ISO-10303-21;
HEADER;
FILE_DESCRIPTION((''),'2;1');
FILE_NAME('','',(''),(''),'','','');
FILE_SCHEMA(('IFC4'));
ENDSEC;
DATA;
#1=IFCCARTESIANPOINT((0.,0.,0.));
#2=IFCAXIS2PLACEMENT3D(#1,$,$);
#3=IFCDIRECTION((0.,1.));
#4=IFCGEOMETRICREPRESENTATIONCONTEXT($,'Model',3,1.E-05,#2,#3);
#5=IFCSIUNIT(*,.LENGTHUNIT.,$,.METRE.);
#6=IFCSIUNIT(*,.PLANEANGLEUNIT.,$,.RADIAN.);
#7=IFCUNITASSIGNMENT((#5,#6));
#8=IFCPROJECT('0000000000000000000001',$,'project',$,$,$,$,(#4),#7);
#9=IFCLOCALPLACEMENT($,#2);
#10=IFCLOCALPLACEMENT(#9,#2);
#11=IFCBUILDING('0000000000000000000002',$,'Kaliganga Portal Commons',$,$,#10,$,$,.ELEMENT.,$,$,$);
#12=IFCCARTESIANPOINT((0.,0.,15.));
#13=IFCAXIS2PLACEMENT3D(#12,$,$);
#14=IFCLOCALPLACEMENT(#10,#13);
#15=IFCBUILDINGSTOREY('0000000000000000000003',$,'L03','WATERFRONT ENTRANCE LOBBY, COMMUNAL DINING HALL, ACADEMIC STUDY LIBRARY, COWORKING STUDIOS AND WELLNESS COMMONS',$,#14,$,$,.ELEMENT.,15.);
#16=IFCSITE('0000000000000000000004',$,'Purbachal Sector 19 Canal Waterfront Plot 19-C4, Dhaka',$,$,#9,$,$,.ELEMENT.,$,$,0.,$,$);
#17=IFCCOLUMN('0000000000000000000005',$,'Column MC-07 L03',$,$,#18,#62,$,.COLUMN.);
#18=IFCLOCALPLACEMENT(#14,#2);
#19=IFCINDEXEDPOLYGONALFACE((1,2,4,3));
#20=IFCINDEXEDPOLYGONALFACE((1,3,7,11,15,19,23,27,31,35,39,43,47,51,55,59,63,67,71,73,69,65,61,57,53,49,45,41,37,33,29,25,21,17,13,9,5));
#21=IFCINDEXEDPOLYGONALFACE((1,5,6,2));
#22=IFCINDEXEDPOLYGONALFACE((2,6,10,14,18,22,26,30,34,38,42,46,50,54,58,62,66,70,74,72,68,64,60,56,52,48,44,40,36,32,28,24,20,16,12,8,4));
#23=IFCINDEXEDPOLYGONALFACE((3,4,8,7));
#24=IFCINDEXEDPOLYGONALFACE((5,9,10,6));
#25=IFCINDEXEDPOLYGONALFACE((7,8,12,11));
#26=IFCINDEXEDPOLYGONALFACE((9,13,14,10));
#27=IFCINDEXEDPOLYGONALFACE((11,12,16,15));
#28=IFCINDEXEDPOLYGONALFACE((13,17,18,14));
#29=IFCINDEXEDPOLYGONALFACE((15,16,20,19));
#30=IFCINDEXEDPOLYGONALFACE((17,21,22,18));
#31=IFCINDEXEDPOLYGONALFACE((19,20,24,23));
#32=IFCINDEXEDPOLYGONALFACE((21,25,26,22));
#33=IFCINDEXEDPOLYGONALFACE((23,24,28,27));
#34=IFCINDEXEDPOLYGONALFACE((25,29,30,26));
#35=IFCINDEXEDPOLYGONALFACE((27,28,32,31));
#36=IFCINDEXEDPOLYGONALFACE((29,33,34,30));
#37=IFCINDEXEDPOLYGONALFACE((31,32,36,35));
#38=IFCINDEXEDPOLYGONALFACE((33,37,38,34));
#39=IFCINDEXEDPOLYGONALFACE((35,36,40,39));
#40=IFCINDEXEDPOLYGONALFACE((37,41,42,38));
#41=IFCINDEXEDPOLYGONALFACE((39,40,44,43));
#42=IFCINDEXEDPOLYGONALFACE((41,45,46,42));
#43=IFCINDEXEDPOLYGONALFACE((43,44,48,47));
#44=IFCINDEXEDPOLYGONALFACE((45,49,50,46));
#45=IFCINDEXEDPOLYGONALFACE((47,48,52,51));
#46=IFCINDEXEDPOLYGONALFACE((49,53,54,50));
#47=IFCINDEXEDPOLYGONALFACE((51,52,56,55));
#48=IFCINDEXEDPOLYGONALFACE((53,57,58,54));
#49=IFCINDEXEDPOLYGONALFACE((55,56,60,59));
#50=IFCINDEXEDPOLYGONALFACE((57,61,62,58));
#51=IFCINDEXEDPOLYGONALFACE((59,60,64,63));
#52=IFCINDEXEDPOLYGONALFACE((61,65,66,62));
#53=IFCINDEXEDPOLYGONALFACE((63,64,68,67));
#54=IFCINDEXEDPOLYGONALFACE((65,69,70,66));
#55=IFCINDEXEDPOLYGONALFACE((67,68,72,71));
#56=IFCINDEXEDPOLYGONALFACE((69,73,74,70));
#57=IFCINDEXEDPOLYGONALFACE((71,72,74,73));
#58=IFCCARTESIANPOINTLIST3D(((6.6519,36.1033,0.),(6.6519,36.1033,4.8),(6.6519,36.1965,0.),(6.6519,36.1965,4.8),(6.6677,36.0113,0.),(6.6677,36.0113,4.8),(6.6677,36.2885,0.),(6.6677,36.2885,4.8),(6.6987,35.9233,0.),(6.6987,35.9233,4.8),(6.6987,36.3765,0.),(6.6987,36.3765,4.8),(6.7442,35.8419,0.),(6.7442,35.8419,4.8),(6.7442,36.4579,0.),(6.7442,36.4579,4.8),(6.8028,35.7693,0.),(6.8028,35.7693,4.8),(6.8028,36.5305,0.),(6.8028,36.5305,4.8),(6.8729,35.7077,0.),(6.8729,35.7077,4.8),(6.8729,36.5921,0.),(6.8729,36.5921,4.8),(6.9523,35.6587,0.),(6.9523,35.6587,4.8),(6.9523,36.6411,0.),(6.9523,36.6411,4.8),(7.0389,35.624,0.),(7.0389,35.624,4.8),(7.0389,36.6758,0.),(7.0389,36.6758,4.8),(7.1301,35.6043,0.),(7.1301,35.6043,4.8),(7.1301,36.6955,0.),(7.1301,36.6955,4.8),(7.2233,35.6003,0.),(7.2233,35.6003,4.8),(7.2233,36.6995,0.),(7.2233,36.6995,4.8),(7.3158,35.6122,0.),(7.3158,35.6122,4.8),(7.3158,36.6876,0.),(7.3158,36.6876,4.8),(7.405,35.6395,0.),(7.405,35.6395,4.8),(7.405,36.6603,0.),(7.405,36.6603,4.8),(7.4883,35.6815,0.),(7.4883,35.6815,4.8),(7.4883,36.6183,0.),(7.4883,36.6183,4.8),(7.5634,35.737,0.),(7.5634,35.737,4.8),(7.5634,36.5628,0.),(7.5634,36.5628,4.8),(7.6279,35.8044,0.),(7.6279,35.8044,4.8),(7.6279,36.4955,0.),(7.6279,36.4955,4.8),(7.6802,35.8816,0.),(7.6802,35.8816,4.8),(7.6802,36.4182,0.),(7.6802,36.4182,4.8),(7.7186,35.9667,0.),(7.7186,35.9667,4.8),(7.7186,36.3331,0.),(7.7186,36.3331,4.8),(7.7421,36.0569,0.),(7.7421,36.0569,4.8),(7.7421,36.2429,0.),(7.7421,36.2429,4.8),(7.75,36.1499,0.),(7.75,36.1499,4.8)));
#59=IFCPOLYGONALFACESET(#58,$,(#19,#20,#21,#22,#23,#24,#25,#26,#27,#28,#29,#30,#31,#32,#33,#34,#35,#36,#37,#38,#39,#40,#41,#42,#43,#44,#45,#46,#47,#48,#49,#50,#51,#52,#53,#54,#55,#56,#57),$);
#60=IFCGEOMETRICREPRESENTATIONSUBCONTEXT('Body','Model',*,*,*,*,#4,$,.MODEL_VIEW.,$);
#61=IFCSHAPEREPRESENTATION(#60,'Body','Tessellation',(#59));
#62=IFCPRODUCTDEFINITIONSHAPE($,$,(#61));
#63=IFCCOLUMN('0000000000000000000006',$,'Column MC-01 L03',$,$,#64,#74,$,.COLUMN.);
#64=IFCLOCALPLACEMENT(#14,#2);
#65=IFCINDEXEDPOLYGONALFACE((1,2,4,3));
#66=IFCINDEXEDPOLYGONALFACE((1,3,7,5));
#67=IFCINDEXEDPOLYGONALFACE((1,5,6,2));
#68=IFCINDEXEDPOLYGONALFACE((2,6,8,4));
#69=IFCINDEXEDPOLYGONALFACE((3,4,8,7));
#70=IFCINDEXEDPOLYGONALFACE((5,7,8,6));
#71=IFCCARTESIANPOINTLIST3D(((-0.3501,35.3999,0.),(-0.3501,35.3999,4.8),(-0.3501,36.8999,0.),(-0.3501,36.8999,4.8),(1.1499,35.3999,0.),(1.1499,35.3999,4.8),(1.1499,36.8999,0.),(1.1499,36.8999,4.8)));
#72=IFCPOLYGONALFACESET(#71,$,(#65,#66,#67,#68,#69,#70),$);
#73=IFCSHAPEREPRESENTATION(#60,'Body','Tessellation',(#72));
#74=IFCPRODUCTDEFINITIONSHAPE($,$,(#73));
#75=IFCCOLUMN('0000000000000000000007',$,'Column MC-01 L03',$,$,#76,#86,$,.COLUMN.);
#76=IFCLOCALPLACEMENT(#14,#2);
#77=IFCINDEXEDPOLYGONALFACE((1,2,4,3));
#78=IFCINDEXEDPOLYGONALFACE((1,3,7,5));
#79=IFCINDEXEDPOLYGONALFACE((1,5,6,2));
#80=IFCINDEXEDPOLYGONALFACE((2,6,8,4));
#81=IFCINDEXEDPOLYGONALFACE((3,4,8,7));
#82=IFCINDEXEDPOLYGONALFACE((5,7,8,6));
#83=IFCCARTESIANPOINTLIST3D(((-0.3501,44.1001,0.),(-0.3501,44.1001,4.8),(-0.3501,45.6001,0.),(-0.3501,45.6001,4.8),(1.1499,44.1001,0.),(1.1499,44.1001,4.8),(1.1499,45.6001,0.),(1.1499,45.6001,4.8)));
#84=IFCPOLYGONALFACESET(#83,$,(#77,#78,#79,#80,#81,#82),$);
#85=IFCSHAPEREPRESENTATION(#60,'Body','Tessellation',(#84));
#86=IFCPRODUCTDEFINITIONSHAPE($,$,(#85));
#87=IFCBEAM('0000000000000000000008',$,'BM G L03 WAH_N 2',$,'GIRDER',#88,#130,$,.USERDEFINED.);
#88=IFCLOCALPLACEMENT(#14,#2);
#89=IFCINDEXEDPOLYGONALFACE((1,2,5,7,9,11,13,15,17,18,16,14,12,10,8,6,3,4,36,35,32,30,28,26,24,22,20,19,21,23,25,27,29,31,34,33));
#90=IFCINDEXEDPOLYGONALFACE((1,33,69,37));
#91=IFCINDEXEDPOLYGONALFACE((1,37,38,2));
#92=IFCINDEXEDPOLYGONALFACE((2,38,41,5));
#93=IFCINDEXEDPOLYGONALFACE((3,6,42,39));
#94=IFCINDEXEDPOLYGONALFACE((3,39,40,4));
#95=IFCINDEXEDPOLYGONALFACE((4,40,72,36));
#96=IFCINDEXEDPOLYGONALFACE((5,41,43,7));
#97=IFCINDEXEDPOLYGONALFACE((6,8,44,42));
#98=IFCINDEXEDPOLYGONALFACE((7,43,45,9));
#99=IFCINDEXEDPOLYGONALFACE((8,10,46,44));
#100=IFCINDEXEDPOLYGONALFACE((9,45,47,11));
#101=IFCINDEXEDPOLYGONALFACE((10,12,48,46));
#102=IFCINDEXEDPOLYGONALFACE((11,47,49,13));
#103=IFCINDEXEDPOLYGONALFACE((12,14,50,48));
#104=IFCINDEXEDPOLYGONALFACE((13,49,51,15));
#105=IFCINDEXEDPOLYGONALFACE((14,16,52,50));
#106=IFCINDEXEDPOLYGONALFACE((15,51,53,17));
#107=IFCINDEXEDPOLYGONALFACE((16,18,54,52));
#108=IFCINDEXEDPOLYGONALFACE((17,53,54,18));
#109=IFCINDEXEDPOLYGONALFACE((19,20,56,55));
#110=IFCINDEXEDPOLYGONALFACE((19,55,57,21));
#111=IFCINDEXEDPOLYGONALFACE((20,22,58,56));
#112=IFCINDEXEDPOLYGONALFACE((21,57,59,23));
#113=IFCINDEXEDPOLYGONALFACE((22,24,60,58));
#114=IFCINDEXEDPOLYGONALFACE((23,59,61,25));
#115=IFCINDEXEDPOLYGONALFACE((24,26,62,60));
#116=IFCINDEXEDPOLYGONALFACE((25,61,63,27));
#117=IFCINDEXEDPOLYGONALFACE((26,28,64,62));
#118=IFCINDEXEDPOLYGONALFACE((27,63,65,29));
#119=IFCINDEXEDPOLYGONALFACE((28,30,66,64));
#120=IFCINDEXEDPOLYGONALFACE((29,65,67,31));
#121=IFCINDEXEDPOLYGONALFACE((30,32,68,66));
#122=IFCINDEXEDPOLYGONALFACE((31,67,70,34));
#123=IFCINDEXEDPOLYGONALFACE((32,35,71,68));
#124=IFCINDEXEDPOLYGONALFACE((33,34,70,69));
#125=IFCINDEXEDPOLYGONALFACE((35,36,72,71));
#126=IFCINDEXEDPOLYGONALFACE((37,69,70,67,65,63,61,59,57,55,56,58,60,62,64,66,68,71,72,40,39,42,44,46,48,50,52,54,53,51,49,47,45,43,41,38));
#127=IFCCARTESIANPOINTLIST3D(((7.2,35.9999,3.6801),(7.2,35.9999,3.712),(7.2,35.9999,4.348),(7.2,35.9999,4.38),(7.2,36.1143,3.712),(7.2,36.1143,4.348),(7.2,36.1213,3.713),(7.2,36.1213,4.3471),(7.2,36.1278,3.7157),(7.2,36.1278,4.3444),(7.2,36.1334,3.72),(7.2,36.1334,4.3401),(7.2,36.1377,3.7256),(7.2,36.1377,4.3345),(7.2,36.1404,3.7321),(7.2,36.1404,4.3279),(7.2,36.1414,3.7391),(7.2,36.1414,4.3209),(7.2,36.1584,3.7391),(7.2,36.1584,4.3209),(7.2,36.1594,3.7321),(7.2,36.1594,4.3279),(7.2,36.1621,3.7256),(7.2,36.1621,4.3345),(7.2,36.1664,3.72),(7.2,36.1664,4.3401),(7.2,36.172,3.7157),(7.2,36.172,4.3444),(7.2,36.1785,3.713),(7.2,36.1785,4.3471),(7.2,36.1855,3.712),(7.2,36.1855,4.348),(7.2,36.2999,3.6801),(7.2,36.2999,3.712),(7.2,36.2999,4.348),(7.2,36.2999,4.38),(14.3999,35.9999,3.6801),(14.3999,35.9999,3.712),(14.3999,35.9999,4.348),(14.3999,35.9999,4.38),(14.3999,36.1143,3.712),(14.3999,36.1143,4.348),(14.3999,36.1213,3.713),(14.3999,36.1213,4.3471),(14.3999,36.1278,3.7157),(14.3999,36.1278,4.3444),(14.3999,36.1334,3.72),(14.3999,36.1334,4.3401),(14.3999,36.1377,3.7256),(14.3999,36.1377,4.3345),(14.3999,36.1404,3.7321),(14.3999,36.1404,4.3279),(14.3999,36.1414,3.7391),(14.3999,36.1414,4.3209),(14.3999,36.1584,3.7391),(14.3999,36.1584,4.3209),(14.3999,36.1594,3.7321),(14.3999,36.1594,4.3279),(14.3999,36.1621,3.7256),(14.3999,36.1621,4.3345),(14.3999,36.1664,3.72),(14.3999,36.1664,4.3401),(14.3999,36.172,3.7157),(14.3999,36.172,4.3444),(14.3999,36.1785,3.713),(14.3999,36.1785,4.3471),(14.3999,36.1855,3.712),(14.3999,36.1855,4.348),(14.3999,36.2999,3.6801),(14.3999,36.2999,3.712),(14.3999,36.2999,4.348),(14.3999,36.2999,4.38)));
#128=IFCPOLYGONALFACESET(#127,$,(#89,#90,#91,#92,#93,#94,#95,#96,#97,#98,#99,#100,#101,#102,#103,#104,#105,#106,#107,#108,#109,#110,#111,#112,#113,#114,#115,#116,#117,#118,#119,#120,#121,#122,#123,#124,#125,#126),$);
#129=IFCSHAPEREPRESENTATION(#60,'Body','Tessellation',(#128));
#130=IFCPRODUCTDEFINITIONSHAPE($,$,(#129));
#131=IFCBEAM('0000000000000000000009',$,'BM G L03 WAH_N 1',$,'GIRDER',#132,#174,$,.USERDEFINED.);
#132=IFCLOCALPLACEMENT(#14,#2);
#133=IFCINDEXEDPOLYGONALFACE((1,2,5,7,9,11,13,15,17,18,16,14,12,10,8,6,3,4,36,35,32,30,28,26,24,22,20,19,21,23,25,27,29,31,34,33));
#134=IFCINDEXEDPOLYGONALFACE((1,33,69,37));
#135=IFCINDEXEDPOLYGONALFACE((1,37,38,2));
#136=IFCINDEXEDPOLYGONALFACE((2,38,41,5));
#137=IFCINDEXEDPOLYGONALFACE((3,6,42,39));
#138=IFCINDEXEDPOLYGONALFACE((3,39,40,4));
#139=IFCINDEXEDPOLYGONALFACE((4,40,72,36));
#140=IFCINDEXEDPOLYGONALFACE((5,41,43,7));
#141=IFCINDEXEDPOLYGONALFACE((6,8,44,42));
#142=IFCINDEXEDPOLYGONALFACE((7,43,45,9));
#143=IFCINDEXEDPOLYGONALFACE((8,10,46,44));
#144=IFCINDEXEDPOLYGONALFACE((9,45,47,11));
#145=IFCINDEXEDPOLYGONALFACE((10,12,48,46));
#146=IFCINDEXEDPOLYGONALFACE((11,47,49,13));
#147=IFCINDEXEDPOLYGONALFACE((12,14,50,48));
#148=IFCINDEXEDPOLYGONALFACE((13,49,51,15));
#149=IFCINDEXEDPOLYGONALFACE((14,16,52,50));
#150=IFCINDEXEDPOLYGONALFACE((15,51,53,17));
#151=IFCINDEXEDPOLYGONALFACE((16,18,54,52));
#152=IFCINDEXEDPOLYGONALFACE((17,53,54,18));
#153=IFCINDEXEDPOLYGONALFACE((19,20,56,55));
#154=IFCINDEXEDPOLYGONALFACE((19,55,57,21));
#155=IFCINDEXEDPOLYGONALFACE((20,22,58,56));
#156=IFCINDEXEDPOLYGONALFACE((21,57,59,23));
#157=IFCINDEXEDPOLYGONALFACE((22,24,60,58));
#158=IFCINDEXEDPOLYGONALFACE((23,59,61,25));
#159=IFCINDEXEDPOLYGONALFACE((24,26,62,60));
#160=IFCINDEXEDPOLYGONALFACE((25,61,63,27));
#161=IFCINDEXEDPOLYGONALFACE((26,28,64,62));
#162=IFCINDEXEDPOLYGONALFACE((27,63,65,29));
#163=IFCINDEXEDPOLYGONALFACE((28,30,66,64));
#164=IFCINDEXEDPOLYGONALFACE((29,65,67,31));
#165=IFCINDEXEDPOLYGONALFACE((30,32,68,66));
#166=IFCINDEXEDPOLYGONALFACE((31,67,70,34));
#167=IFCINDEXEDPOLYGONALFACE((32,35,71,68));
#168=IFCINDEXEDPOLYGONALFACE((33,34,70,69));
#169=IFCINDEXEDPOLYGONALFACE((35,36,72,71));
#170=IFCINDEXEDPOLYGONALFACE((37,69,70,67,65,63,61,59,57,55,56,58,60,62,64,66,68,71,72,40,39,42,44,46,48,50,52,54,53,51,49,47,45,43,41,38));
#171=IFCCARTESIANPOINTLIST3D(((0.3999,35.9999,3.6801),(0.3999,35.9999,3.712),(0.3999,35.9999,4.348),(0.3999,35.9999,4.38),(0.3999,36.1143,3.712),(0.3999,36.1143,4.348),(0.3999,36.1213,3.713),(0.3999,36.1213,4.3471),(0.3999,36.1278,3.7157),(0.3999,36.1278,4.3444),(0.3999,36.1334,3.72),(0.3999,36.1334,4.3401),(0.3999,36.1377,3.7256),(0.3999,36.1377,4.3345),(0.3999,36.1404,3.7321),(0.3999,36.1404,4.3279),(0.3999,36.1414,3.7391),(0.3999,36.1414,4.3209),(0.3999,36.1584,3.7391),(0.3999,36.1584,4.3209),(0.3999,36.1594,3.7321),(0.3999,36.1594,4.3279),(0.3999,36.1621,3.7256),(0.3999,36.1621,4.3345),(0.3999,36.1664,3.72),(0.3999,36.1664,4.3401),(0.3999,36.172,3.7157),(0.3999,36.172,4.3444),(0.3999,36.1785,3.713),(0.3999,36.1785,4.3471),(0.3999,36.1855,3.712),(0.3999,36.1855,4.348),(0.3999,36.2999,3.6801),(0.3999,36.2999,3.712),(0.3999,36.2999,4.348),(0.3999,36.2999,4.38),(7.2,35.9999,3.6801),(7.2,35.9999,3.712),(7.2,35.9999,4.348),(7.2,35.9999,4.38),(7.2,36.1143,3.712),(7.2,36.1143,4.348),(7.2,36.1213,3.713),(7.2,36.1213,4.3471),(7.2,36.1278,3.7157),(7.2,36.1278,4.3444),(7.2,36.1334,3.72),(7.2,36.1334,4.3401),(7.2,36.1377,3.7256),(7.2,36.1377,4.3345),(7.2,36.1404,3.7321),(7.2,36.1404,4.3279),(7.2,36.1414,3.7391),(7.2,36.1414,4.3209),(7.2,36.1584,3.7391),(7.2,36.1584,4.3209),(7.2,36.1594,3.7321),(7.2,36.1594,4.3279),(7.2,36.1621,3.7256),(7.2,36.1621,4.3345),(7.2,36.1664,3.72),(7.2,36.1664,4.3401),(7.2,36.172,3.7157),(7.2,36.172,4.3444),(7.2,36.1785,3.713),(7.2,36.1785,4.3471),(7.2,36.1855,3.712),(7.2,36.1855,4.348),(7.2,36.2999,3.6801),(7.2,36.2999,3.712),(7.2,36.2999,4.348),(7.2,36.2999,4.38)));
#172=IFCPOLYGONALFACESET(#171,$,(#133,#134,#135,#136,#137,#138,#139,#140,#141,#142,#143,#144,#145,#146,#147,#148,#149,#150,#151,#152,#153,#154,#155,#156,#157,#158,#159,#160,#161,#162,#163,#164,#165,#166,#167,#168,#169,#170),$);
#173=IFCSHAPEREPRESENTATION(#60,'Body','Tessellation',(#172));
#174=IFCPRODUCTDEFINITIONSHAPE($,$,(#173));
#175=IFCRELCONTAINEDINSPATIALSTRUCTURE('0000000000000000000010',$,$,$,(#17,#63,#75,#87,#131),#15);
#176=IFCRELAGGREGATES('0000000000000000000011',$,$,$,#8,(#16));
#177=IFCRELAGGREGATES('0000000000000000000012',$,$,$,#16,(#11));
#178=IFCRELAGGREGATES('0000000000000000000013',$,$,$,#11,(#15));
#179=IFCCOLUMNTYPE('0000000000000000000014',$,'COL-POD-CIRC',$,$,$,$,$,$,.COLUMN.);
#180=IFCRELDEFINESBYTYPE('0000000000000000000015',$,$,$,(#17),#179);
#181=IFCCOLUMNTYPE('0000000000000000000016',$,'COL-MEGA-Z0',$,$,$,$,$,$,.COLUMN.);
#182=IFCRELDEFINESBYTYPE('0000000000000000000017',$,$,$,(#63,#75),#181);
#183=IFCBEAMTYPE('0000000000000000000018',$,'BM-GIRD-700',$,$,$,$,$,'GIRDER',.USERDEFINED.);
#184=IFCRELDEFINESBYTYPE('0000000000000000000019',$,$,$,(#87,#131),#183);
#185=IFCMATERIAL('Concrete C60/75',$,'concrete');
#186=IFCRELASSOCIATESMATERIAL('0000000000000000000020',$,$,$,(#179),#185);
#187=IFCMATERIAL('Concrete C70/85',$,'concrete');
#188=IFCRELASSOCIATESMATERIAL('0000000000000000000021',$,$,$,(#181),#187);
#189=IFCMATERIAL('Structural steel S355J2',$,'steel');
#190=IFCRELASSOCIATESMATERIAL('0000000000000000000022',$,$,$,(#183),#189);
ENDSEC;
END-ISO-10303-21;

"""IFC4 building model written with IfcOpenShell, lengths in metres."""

from ifc_helpers import new_model, si_unit, direction, frame, origin, origin_2d, place, context, subcontext, project, spatial, rectangle, circle, i_section, extrude, source, transform, mapped, material, material_profile, profile_set, type_object, element, save


model = new_model("IFC4")

# Units and contexts
model_context = context("Model", 3, precision=1e-05, world=origin(), true_north=direction((0.0, 1.0)))
body_context = subcontext(model_context, "Body", "Model", "MODEL_VIEW")
ifc_project = project(units=[si_unit("LENGTHUNIT", "METRE"), si_unit("PLANEANGLEUNIT", "RADIAN")], contexts=[model_context])

# Site, building, storey
site_placement = place(None, origin())
site = spatial("IfcSite", under=ifc_project, at=site_placement, Name="Purbachal Sector 19 Canal Waterfront Plot 19-C4, Dhaka", CompositionType="ELEMENT", RefElevation=0.0)
building_placement = place(site_placement, origin())
building = spatial("IfcBuilding", under=site, at=building_placement, Name="Kaliganga Portal Commons", CompositionType="ELEMENT")
storey_placement = place(building_placement, frame((0.0, 0.0, 15.0)))
storey = spatial("IfcBuildingStorey", under=building, at=storey_placement, Name="L03", Description="WATERFRONT ENTRANCE LOBBY, COMMUNAL DINING HALL, ACADEMIC STUDY LIBRARY, COWORKING STUDIOS AND WELLNESS COMMONS", CompositionType="ELEMENT", Elevation=15.0)

# Columns
ifc_material_1 = material(Name="Concrete C60/75", Category="concrete")
ifc_material_profile_1 = material_profile(ifc_material_1, circle(Radius=0.55, at=origin_2d()), Name="RC COL D1100")
ifc_profile_set_1 = profile_set([ifc_material_profile_1], Name="Concrete C60/75")
column_type_1 = type_object("IfcColumnType", Name="COL-POD-CIRC", PredefinedType="COLUMN", material=ifc_profile_set_1)
shared_shape_1 = source(origin(), body_context, "Body", "SweptSolid", [
    extrude(circle(Radius=0.55, at=origin_2d()), origin(), (0.0, 0.0, 1.0), 4.8),
])
column_placement = place(storey_placement, frame((7.2, 36.1499, 0.0), z_axis=(0.0, 0.0, 1.0), x_axis=(1.0, 0.0, 0.0)))
element("IfcColumn", 1, at=column_placement, inside=storey, type_object=column_type_1, Name="Column MC-07 L03", PredefinedType="COLUMN", context=body_context, shape_type="MappedRepresentation", body=[
    mapped(shared_shape_1, transform((0.0, 0.0, 0.0), x_axis=(1.0, 0.0, 0.0), y_axis=(0.0, 1.0, 0.0), z_axis=(0.0, 0.0, 1.0), scale=1.0)),
])
ifc_material_2 = material(Name="Concrete C70/85", Category="concrete")
ifc_material_profile_2 = material_profile(ifc_material_2, rectangle(XDim=1.5, YDim=1.5, at=origin_2d()), Name="RC 1500x1500")
ifc_profile_set_2 = profile_set([ifc_material_profile_2], Name="Concrete C70/85")
column_type_2 = type_object("IfcColumnType", Name="COL-MEGA-Z0", PredefinedType="COLUMN", material=ifc_profile_set_2)
shared_shape_2 = source(origin(), body_context, "Body", "SweptSolid", [
    extrude(rectangle(XDim=1.5, YDim=1.5, at=origin_2d()), origin(), (0.0, 0.0, 1.0), 4.8),
])
for number, where, z_axis, x_axis, name in (
    (2, (0.3999, 36.1499, 0.0), (0.0, 0.0, 1.0), (1.0, 0.0, 0.0), "Column MC-01 L03"),
    (3, (0.3999, 44.8501, 0.0), (0.0, 0.0, 1.0), (1.0, 0.0, 0.0), "Column MC-01 L03"),
):
    element("IfcColumn", number, at=place(storey_placement, frame(where, z_axis=z_axis, x_axis=x_axis)), inside=storey, type_object=column_type_2, Name=name, PredefinedType="COLUMN", context=body_context, shape_type="MappedRepresentation", body=[
        mapped(shared_shape_2, transform((0.0, 0.0, 0.0), x_axis=(1.0, 0.0, 0.0), y_axis=(0.0, 1.0, 0.0), z_axis=(0.0, 0.0, 1.0), scale=1.0)),
    ])

# Beams
ifc_material_3 = material(Name="Structural steel S355J2", Category="steel")
ifc_material_profile_3 = material_profile(ifc_material_3, i_section(OverallWidth=0.3, OverallDepth=0.7, WebThickness=0.0171, FlangeThickness=0.032, FilletRadius=0.0271, at=origin_2d()), Name="HE 700 B")
ifc_profile_set_3 = profile_set([ifc_material_profile_3], Name="Structural steel S355J2 wide-flange")
beam_type = type_object("IfcBeamType", Name="BM-GIRD-700", ElementType="GIRDER", PredefinedType="USERDEFINED", material=ifc_profile_set_3)
shared_shape_3 = source(origin(), body_context, "Body", "SweptSolid", [
    extrude(i_section(OverallWidth=0.3, OverallDepth=0.7, WebThickness=0.0171, FlangeThickness=0.032, FilletRadius=0.0271, at=origin_2d()), origin(), (0.0, 0.0, 1.0), 7.2),
])
beam_1_placement = place(storey_placement, frame((7.2, 36.1499, 4.03), z_axis=(1.0, 0.0, 0.0), x_axis=(0.0, 1.0, 0.0)))
element("IfcBeam", 4, at=beam_1_placement, inside=storey, type_object=beam_type, Name="BM G L03 WAH_N 2", ObjectType="GIRDER", PredefinedType="USERDEFINED", context=body_context, shape_type="MappedRepresentation", body=[
    mapped(shared_shape_3, transform((0.0, 0.0, 0.0), x_axis=(1.0, 0.0, 0.0), y_axis=(0.0, 1.0, 0.0), z_axis=(0.0, 0.0, 1.0), scale=1.0)),
])
shared_shape_4 = source(origin(), body_context, "Body", "SweptSolid", [
    extrude(i_section(OverallWidth=0.3, OverallDepth=0.7, WebThickness=0.0171, FlangeThickness=0.032, FilletRadius=0.0271, at=origin_2d()), origin(), (0.0, 0.0, 1.0), 6.8),
])
beam_2_placement = place(storey_placement, frame((0.3999, 36.1499, 4.03), z_axis=(1.0, 0.0, 0.0), x_axis=(0.0, 1.0, 0.0)))
element("IfcBeam", 5, at=beam_2_placement, inside=storey, type_object=beam_type, Name="BM G L03 WAH_N 1", ObjectType="GIRDER", PredefinedType="USERDEFINED", context=body_context, shape_type="MappedRepresentation", body=[
    mapped(shared_shape_4, transform((0.0, 0.0, 0.0), x_axis=(1.0, 0.0, 0.0), y_axis=(0.0, 1.0, 0.0), z_axis=(0.0, 0.0, 1.0), scale=1.0)),
])

save(model, "model.ifc")
